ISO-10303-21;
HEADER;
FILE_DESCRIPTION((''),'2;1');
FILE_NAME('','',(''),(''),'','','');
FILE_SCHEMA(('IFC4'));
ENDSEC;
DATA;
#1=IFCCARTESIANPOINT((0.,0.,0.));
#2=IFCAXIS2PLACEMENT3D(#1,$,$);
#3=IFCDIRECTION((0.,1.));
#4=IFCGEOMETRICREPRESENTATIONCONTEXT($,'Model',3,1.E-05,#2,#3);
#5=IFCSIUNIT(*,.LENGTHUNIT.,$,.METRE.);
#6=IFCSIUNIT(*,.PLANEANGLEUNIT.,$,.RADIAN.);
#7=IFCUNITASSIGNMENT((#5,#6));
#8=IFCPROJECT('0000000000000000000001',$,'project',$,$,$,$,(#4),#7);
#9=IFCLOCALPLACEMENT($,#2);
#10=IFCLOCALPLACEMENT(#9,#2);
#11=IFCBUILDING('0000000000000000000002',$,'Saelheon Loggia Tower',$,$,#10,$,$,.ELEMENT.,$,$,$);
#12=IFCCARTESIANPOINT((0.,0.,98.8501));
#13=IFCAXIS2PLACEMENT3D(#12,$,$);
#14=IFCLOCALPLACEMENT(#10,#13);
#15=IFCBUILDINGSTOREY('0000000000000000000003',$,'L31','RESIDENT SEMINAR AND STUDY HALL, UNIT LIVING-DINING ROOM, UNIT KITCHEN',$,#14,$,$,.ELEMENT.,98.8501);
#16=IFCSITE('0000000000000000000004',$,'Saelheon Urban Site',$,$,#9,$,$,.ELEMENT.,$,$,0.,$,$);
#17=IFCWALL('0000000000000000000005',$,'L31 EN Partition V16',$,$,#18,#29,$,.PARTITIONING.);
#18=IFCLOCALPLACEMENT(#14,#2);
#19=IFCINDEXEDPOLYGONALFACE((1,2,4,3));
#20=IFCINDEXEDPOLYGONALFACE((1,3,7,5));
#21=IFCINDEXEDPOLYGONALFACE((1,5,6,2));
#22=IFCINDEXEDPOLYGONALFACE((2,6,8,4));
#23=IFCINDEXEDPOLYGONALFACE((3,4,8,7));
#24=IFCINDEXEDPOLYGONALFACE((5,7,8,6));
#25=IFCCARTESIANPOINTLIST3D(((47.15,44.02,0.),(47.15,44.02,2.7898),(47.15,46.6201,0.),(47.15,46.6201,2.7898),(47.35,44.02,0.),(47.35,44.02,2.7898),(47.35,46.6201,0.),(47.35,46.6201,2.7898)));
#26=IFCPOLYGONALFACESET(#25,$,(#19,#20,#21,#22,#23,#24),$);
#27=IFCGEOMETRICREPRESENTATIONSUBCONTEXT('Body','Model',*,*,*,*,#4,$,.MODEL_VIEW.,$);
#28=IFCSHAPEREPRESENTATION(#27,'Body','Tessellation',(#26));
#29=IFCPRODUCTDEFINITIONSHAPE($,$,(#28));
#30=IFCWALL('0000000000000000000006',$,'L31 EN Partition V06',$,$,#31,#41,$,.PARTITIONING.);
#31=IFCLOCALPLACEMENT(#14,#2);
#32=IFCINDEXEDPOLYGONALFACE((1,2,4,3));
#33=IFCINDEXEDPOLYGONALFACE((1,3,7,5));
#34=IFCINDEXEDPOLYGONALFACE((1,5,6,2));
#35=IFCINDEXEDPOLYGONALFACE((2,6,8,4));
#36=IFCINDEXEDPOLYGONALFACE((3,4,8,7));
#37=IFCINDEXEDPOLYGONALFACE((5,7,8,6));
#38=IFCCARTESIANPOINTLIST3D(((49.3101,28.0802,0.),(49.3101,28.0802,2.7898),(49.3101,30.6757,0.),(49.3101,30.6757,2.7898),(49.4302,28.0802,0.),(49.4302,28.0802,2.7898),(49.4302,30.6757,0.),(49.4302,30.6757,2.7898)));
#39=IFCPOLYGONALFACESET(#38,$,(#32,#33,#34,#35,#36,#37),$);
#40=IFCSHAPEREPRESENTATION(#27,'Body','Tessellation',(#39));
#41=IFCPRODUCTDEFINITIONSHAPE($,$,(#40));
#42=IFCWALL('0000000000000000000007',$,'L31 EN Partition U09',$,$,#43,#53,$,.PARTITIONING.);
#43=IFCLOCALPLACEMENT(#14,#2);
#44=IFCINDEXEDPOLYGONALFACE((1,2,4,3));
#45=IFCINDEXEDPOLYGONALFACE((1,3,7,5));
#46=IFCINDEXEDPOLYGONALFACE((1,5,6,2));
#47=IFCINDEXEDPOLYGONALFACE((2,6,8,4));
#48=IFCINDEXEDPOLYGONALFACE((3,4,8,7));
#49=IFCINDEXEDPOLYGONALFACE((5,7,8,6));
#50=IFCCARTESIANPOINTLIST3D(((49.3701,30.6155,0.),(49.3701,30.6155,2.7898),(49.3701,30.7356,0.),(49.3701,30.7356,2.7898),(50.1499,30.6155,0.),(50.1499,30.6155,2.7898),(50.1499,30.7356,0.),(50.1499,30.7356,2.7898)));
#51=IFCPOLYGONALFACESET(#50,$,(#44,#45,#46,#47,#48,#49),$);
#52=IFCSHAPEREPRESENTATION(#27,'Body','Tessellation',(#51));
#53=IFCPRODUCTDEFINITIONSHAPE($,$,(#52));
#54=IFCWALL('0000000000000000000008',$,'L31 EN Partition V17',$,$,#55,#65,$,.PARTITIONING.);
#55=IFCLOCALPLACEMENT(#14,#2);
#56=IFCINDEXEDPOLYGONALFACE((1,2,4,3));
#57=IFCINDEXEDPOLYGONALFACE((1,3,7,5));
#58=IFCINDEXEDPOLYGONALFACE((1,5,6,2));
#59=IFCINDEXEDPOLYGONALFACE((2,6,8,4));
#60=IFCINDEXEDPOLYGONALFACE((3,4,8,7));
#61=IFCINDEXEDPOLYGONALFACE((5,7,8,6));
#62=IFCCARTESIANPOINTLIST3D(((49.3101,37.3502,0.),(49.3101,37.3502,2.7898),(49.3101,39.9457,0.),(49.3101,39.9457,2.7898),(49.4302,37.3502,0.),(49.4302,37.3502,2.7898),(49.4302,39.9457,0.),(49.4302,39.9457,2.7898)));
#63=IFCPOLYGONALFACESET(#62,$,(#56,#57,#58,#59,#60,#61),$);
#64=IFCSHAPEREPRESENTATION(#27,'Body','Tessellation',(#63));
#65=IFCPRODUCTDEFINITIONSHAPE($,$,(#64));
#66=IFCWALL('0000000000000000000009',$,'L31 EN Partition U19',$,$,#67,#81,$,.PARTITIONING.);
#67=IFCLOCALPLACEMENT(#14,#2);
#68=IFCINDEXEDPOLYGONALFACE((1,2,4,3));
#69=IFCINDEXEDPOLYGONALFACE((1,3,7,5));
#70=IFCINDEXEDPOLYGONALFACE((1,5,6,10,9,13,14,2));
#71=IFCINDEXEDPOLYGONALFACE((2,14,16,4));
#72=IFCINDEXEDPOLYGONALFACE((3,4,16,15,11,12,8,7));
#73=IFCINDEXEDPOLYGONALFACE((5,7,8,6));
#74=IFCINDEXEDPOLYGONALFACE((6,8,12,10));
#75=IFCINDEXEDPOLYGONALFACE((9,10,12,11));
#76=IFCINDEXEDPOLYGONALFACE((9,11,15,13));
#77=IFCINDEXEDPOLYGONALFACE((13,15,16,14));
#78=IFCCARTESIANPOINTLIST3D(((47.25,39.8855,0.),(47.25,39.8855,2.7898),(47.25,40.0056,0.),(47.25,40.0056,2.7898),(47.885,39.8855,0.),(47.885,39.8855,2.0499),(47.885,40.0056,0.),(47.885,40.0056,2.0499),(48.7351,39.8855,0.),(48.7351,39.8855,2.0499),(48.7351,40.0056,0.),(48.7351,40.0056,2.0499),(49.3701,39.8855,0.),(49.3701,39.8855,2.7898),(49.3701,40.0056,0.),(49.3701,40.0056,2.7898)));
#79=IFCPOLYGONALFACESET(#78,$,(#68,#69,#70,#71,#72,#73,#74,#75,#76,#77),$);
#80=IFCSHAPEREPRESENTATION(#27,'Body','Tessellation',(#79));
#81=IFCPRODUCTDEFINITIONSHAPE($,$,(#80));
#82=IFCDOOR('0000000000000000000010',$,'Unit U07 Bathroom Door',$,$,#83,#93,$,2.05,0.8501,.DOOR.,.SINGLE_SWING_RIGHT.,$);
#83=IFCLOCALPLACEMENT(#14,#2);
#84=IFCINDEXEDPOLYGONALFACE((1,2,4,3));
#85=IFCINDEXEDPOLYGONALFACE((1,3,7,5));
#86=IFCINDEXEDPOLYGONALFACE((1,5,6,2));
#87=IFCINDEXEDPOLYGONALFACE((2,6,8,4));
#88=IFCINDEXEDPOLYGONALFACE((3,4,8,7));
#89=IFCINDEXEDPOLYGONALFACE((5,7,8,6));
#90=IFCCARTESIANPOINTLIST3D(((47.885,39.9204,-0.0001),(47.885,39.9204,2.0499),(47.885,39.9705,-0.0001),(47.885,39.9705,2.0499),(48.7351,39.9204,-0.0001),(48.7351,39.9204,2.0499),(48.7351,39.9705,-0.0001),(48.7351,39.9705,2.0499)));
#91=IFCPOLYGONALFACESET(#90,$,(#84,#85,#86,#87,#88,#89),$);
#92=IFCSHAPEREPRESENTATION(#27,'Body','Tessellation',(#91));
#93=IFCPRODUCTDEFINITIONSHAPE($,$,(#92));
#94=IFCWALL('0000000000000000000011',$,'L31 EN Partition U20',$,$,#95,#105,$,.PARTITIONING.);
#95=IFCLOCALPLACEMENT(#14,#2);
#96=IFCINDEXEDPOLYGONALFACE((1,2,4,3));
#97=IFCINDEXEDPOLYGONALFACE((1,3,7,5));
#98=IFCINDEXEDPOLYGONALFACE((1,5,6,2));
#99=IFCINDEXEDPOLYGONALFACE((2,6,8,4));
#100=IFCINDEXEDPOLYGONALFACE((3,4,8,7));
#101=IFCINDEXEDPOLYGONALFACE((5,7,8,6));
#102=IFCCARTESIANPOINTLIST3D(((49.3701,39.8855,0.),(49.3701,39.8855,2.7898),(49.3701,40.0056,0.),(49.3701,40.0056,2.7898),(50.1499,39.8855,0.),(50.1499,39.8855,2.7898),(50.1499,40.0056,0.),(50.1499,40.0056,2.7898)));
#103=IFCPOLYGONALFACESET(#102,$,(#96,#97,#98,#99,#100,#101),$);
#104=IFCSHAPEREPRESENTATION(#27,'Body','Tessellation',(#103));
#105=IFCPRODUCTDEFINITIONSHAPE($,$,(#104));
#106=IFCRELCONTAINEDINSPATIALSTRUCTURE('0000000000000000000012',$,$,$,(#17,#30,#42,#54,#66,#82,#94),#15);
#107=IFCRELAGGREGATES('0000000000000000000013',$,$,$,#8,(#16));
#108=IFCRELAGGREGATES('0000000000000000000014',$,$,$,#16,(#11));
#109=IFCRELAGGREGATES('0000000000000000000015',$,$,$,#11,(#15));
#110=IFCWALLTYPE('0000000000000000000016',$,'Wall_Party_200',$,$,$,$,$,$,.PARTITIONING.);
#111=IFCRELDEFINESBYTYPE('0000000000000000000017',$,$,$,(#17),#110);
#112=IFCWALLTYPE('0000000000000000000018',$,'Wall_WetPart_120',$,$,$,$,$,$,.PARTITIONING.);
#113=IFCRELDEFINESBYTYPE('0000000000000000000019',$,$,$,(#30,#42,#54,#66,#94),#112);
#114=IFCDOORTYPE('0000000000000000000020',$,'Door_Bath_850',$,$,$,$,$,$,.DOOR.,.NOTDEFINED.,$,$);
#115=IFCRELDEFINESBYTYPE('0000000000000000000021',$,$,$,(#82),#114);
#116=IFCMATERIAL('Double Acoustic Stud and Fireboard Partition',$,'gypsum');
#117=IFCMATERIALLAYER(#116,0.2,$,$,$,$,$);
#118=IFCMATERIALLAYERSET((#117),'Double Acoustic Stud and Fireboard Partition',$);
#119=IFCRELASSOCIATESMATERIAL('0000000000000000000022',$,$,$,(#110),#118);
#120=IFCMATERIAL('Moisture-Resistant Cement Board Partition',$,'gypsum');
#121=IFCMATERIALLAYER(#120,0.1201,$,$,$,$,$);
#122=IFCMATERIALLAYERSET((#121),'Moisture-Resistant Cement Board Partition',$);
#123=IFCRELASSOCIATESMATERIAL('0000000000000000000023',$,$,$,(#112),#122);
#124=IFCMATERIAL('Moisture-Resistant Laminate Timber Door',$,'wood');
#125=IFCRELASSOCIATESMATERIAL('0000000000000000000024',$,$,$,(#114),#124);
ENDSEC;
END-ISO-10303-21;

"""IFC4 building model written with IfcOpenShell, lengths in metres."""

from ifc_helpers import new_model, si_unit, direction, frame, frame_2d, origin, place, context, subcontext, project, spatial, rectangle, extrude, source, transform, mapped, material, layer, layer_set, type_object, element, fill, save


model = new_model("IFC4")

# Units and contexts
model_context = context("Model", 3, precision=1e-05, world=origin(), true_north=direction((0.0, 1.0)))
body_context = subcontext(model_context, "Body", "Model", "MODEL_VIEW")
ifc_project = project(units=[si_unit("LENGTHUNIT", "METRE"), si_unit("PLANEANGLEUNIT", "RADIAN")], contexts=[model_context])

# Site, building, storey
site_placement = place(None, origin())
site = spatial("IfcSite", under=ifc_project, at=site_placement, Name="Saelheon Urban Site", CompositionType="ELEMENT", RefElevation=0.0)
building_placement = place(site_placement, origin())
building = spatial("IfcBuilding", under=site, at=building_placement, Name="Saelheon Loggia Tower", CompositionType="ELEMENT")
storey_placement = place(building_placement, frame((0.0, 0.0, 98.8501)))
storey = spatial("IfcBuildingStorey", under=building, at=storey_placement, Name="L31", Description="RESIDENT SEMINAR AND STUDY HALL, UNIT LIVING-DINING ROOM, UNIT KITCHEN", CompositionType="ELEMENT", Elevation=98.8501)

# Shared definitions
ifc_material_1 = material(Name="Double Acoustic Stud and Fireboard Partition", Category="gypsum")
ifc_layer_1 = layer(ifc_material_1, 0.2)
ifc_layer_set_1 = layer_set([ifc_layer_1], Name="Double Acoustic Stud and Fireboard Partition")
wall_type_1 = type_object("IfcWallType", Name="Wall_Party_200", PredefinedType="PARTITIONING", material=ifc_layer_set_1)

# Walls
wall_1_placement = place(storey_placement, frame((47.25, 44.02, 0.0), z_axis=(0.0, 0.0, 1.0), x_axis=(0.0, 1.0, 0.0)))
element("IfcWall", 1, at=wall_1_placement, inside=storey, type_object=wall_type_1, Name="L31 EN Partition V16", PredefinedType="PARTITIONING", context=body_context, shape_type="SweptSolid", body=[
    extrude(rectangle(XDim=2.6001, YDim=0.2, at=frame_2d((1.3, 0.0))), origin(), (0.0, 0.0, 1.0), 2.7898),
])
ifc_material_2 = material(Name="Moisture-Resistant Cement Board Partition", Category="gypsum")
ifc_layer_2 = layer(ifc_material_2, 0.1201)
ifc_layer_set_2 = layer_set([ifc_layer_2], Name="Moisture-Resistant Cement Board Partition")
wall_type_2 = type_object("IfcWallType", Name="Wall_WetPart_120", PredefinedType="PARTITIONING", material=ifc_layer_set_2)
wall_2_placement = place(storey_placement, frame((49.3701, 28.0801, 0.0), z_axis=(0.0, 0.0, 1.0), x_axis=(0.0, 1.0, 0.0)))
element("IfcWall", 2, at=wall_2_placement, inside=storey, type_object=wall_type_2, Name="L31 EN Partition V06", PredefinedType="PARTITIONING", context=body_context, shape_type="SweptSolid", body=[
    extrude(rectangle(XDim=2.5955, YDim=0.1201, at=frame_2d((1.2979, 0.0))), origin(), (0.0, 0.0, 1.0), 2.7898),
])
wall_3_placement = place(storey_placement, frame((49.3701, 30.6755, 0.0), z_axis=(0.0, 0.0, 1.0), x_axis=(1.0, 0.0, 0.0)))
element("IfcWall", 3, at=wall_3_placement, inside=storey, type_object=wall_type_2, Name="L31 EN Partition U09", PredefinedType="PARTITIONING", context=body_context, shape_type="SweptSolid", body=[
    extrude(rectangle(XDim=0.7798, YDim=0.1201, at=frame_2d((0.3899, 0.0))), origin(), (0.0, 0.0, 1.0), 2.7898),
])
wall_4_placement = place(storey_placement, frame((49.3701, 37.3501, 0.0), z_axis=(0.0, 0.0, 1.0), x_axis=(0.0, 1.0, 0.0)))
element("IfcWall", 4, at=wall_4_placement, inside=storey, type_object=wall_type_2, Name="L31 EN Partition V17", PredefinedType="PARTITIONING", context=body_context, shape_type="SweptSolid", body=[
    extrude(rectangle(XDim=2.5955, YDim=0.1201, at=frame_2d((1.2979, 0.0))), origin(), (0.0, 0.0, 1.0), 2.7898),
])

# Wall, opening, door
wall_5_placement = place(storey_placement, frame((47.25, 39.9456, 0.0), z_axis=(0.0, 0.0, 1.0), x_axis=(1.0, 0.0, 0.0)))
wall_5 = element("IfcWall", 5, at=wall_5_placement, inside=storey, type_object=wall_type_2, Name="L31 EN Partition U19", PredefinedType="PARTITIONING", context=body_context, shape_type="SweptSolid", body=[
    extrude(rectangle(XDim=2.1201, YDim=0.1201, at=frame_2d((1.0601, 0.0))), origin(), (0.0, 0.0, 1.0), 2.7898),
])
opening_1_placement = place(wall_5_placement, frame((0.635, 0.0, 0.0)))
opening_1 = element("IfcOpeningElement", 6, at=opening_1_placement, cuts=wall_5, PredefinedType="OPENING", context=body_context, shape_type="SweptSolid", body=[
    extrude(rectangle(XDim=0.8501, YDim=2.05, at=frame_2d((0.425, 1.0249))), frame((0.0, 0.072, 0.0), z_axis=(0.0, -1.0, 0.0), x_axis=(1.0, 0.0, 0.0)), (0.0, 0.0, 1.0), 0.144),
])
ifc_material_3 = material(Name="Moisture-Resistant Laminate Timber Door", Category="wood")
door_type_1 = type_object("IfcDoorType", Name="Door_Bath_850", OperationType="NOTDEFINED", PredefinedType="DOOR", material=ifc_material_3)
shared_shape_1 = source(origin(), body_context, "Body", "SweptSolid", [
    extrude(rectangle(XDim=0.8501, YDim=2.05, at=frame_2d((0.425, 1.0249))), frame((0.0, 0.0249, 0.0), z_axis=(0.0, -1.0, 0.0), x_axis=(1.0, 0.0, 0.0)), (0.0, 0.0, 1.0), 0.05),
])
door_1_placement = place(opening_1_placement, origin())
door_1 = element("IfcDoor", 7, at=door_1_placement, inside=storey, type_object=door_type_1, Name="Unit U07 Bathroom Door", OperationType="SINGLE_SWING_RIGHT", OverallHeight=2.05, OverallWidth=0.8501, PredefinedType="DOOR", context=body_context, shape_type="MappedRepresentation", body=[
    mapped(shared_shape_1, transform((0.0, 0.0, 0.0), scale=1.0)),
])
fill(opening_1, door_1)

# Wall
wall_6_placement = place(storey_placement, frame((49.3701, 39.9456, 0.0), z_axis=(0.0, 0.0, 1.0), x_axis=(1.0, 0.0, 0.0)))
element("IfcWall", 8, at=wall_6_placement, inside=storey, type_object=wall_type_2, Name="L31 EN Partition U20", PredefinedType="PARTITIONING", context=body_context, shape_type="SweptSolid", body=[
    extrude(rectangle(XDim=0.7798, YDim=0.1201, at=frame_2d((0.3899, 0.0))), origin(), (0.0, 0.0, 1.0), 2.7898),
])

save(model, "model.ifc")
